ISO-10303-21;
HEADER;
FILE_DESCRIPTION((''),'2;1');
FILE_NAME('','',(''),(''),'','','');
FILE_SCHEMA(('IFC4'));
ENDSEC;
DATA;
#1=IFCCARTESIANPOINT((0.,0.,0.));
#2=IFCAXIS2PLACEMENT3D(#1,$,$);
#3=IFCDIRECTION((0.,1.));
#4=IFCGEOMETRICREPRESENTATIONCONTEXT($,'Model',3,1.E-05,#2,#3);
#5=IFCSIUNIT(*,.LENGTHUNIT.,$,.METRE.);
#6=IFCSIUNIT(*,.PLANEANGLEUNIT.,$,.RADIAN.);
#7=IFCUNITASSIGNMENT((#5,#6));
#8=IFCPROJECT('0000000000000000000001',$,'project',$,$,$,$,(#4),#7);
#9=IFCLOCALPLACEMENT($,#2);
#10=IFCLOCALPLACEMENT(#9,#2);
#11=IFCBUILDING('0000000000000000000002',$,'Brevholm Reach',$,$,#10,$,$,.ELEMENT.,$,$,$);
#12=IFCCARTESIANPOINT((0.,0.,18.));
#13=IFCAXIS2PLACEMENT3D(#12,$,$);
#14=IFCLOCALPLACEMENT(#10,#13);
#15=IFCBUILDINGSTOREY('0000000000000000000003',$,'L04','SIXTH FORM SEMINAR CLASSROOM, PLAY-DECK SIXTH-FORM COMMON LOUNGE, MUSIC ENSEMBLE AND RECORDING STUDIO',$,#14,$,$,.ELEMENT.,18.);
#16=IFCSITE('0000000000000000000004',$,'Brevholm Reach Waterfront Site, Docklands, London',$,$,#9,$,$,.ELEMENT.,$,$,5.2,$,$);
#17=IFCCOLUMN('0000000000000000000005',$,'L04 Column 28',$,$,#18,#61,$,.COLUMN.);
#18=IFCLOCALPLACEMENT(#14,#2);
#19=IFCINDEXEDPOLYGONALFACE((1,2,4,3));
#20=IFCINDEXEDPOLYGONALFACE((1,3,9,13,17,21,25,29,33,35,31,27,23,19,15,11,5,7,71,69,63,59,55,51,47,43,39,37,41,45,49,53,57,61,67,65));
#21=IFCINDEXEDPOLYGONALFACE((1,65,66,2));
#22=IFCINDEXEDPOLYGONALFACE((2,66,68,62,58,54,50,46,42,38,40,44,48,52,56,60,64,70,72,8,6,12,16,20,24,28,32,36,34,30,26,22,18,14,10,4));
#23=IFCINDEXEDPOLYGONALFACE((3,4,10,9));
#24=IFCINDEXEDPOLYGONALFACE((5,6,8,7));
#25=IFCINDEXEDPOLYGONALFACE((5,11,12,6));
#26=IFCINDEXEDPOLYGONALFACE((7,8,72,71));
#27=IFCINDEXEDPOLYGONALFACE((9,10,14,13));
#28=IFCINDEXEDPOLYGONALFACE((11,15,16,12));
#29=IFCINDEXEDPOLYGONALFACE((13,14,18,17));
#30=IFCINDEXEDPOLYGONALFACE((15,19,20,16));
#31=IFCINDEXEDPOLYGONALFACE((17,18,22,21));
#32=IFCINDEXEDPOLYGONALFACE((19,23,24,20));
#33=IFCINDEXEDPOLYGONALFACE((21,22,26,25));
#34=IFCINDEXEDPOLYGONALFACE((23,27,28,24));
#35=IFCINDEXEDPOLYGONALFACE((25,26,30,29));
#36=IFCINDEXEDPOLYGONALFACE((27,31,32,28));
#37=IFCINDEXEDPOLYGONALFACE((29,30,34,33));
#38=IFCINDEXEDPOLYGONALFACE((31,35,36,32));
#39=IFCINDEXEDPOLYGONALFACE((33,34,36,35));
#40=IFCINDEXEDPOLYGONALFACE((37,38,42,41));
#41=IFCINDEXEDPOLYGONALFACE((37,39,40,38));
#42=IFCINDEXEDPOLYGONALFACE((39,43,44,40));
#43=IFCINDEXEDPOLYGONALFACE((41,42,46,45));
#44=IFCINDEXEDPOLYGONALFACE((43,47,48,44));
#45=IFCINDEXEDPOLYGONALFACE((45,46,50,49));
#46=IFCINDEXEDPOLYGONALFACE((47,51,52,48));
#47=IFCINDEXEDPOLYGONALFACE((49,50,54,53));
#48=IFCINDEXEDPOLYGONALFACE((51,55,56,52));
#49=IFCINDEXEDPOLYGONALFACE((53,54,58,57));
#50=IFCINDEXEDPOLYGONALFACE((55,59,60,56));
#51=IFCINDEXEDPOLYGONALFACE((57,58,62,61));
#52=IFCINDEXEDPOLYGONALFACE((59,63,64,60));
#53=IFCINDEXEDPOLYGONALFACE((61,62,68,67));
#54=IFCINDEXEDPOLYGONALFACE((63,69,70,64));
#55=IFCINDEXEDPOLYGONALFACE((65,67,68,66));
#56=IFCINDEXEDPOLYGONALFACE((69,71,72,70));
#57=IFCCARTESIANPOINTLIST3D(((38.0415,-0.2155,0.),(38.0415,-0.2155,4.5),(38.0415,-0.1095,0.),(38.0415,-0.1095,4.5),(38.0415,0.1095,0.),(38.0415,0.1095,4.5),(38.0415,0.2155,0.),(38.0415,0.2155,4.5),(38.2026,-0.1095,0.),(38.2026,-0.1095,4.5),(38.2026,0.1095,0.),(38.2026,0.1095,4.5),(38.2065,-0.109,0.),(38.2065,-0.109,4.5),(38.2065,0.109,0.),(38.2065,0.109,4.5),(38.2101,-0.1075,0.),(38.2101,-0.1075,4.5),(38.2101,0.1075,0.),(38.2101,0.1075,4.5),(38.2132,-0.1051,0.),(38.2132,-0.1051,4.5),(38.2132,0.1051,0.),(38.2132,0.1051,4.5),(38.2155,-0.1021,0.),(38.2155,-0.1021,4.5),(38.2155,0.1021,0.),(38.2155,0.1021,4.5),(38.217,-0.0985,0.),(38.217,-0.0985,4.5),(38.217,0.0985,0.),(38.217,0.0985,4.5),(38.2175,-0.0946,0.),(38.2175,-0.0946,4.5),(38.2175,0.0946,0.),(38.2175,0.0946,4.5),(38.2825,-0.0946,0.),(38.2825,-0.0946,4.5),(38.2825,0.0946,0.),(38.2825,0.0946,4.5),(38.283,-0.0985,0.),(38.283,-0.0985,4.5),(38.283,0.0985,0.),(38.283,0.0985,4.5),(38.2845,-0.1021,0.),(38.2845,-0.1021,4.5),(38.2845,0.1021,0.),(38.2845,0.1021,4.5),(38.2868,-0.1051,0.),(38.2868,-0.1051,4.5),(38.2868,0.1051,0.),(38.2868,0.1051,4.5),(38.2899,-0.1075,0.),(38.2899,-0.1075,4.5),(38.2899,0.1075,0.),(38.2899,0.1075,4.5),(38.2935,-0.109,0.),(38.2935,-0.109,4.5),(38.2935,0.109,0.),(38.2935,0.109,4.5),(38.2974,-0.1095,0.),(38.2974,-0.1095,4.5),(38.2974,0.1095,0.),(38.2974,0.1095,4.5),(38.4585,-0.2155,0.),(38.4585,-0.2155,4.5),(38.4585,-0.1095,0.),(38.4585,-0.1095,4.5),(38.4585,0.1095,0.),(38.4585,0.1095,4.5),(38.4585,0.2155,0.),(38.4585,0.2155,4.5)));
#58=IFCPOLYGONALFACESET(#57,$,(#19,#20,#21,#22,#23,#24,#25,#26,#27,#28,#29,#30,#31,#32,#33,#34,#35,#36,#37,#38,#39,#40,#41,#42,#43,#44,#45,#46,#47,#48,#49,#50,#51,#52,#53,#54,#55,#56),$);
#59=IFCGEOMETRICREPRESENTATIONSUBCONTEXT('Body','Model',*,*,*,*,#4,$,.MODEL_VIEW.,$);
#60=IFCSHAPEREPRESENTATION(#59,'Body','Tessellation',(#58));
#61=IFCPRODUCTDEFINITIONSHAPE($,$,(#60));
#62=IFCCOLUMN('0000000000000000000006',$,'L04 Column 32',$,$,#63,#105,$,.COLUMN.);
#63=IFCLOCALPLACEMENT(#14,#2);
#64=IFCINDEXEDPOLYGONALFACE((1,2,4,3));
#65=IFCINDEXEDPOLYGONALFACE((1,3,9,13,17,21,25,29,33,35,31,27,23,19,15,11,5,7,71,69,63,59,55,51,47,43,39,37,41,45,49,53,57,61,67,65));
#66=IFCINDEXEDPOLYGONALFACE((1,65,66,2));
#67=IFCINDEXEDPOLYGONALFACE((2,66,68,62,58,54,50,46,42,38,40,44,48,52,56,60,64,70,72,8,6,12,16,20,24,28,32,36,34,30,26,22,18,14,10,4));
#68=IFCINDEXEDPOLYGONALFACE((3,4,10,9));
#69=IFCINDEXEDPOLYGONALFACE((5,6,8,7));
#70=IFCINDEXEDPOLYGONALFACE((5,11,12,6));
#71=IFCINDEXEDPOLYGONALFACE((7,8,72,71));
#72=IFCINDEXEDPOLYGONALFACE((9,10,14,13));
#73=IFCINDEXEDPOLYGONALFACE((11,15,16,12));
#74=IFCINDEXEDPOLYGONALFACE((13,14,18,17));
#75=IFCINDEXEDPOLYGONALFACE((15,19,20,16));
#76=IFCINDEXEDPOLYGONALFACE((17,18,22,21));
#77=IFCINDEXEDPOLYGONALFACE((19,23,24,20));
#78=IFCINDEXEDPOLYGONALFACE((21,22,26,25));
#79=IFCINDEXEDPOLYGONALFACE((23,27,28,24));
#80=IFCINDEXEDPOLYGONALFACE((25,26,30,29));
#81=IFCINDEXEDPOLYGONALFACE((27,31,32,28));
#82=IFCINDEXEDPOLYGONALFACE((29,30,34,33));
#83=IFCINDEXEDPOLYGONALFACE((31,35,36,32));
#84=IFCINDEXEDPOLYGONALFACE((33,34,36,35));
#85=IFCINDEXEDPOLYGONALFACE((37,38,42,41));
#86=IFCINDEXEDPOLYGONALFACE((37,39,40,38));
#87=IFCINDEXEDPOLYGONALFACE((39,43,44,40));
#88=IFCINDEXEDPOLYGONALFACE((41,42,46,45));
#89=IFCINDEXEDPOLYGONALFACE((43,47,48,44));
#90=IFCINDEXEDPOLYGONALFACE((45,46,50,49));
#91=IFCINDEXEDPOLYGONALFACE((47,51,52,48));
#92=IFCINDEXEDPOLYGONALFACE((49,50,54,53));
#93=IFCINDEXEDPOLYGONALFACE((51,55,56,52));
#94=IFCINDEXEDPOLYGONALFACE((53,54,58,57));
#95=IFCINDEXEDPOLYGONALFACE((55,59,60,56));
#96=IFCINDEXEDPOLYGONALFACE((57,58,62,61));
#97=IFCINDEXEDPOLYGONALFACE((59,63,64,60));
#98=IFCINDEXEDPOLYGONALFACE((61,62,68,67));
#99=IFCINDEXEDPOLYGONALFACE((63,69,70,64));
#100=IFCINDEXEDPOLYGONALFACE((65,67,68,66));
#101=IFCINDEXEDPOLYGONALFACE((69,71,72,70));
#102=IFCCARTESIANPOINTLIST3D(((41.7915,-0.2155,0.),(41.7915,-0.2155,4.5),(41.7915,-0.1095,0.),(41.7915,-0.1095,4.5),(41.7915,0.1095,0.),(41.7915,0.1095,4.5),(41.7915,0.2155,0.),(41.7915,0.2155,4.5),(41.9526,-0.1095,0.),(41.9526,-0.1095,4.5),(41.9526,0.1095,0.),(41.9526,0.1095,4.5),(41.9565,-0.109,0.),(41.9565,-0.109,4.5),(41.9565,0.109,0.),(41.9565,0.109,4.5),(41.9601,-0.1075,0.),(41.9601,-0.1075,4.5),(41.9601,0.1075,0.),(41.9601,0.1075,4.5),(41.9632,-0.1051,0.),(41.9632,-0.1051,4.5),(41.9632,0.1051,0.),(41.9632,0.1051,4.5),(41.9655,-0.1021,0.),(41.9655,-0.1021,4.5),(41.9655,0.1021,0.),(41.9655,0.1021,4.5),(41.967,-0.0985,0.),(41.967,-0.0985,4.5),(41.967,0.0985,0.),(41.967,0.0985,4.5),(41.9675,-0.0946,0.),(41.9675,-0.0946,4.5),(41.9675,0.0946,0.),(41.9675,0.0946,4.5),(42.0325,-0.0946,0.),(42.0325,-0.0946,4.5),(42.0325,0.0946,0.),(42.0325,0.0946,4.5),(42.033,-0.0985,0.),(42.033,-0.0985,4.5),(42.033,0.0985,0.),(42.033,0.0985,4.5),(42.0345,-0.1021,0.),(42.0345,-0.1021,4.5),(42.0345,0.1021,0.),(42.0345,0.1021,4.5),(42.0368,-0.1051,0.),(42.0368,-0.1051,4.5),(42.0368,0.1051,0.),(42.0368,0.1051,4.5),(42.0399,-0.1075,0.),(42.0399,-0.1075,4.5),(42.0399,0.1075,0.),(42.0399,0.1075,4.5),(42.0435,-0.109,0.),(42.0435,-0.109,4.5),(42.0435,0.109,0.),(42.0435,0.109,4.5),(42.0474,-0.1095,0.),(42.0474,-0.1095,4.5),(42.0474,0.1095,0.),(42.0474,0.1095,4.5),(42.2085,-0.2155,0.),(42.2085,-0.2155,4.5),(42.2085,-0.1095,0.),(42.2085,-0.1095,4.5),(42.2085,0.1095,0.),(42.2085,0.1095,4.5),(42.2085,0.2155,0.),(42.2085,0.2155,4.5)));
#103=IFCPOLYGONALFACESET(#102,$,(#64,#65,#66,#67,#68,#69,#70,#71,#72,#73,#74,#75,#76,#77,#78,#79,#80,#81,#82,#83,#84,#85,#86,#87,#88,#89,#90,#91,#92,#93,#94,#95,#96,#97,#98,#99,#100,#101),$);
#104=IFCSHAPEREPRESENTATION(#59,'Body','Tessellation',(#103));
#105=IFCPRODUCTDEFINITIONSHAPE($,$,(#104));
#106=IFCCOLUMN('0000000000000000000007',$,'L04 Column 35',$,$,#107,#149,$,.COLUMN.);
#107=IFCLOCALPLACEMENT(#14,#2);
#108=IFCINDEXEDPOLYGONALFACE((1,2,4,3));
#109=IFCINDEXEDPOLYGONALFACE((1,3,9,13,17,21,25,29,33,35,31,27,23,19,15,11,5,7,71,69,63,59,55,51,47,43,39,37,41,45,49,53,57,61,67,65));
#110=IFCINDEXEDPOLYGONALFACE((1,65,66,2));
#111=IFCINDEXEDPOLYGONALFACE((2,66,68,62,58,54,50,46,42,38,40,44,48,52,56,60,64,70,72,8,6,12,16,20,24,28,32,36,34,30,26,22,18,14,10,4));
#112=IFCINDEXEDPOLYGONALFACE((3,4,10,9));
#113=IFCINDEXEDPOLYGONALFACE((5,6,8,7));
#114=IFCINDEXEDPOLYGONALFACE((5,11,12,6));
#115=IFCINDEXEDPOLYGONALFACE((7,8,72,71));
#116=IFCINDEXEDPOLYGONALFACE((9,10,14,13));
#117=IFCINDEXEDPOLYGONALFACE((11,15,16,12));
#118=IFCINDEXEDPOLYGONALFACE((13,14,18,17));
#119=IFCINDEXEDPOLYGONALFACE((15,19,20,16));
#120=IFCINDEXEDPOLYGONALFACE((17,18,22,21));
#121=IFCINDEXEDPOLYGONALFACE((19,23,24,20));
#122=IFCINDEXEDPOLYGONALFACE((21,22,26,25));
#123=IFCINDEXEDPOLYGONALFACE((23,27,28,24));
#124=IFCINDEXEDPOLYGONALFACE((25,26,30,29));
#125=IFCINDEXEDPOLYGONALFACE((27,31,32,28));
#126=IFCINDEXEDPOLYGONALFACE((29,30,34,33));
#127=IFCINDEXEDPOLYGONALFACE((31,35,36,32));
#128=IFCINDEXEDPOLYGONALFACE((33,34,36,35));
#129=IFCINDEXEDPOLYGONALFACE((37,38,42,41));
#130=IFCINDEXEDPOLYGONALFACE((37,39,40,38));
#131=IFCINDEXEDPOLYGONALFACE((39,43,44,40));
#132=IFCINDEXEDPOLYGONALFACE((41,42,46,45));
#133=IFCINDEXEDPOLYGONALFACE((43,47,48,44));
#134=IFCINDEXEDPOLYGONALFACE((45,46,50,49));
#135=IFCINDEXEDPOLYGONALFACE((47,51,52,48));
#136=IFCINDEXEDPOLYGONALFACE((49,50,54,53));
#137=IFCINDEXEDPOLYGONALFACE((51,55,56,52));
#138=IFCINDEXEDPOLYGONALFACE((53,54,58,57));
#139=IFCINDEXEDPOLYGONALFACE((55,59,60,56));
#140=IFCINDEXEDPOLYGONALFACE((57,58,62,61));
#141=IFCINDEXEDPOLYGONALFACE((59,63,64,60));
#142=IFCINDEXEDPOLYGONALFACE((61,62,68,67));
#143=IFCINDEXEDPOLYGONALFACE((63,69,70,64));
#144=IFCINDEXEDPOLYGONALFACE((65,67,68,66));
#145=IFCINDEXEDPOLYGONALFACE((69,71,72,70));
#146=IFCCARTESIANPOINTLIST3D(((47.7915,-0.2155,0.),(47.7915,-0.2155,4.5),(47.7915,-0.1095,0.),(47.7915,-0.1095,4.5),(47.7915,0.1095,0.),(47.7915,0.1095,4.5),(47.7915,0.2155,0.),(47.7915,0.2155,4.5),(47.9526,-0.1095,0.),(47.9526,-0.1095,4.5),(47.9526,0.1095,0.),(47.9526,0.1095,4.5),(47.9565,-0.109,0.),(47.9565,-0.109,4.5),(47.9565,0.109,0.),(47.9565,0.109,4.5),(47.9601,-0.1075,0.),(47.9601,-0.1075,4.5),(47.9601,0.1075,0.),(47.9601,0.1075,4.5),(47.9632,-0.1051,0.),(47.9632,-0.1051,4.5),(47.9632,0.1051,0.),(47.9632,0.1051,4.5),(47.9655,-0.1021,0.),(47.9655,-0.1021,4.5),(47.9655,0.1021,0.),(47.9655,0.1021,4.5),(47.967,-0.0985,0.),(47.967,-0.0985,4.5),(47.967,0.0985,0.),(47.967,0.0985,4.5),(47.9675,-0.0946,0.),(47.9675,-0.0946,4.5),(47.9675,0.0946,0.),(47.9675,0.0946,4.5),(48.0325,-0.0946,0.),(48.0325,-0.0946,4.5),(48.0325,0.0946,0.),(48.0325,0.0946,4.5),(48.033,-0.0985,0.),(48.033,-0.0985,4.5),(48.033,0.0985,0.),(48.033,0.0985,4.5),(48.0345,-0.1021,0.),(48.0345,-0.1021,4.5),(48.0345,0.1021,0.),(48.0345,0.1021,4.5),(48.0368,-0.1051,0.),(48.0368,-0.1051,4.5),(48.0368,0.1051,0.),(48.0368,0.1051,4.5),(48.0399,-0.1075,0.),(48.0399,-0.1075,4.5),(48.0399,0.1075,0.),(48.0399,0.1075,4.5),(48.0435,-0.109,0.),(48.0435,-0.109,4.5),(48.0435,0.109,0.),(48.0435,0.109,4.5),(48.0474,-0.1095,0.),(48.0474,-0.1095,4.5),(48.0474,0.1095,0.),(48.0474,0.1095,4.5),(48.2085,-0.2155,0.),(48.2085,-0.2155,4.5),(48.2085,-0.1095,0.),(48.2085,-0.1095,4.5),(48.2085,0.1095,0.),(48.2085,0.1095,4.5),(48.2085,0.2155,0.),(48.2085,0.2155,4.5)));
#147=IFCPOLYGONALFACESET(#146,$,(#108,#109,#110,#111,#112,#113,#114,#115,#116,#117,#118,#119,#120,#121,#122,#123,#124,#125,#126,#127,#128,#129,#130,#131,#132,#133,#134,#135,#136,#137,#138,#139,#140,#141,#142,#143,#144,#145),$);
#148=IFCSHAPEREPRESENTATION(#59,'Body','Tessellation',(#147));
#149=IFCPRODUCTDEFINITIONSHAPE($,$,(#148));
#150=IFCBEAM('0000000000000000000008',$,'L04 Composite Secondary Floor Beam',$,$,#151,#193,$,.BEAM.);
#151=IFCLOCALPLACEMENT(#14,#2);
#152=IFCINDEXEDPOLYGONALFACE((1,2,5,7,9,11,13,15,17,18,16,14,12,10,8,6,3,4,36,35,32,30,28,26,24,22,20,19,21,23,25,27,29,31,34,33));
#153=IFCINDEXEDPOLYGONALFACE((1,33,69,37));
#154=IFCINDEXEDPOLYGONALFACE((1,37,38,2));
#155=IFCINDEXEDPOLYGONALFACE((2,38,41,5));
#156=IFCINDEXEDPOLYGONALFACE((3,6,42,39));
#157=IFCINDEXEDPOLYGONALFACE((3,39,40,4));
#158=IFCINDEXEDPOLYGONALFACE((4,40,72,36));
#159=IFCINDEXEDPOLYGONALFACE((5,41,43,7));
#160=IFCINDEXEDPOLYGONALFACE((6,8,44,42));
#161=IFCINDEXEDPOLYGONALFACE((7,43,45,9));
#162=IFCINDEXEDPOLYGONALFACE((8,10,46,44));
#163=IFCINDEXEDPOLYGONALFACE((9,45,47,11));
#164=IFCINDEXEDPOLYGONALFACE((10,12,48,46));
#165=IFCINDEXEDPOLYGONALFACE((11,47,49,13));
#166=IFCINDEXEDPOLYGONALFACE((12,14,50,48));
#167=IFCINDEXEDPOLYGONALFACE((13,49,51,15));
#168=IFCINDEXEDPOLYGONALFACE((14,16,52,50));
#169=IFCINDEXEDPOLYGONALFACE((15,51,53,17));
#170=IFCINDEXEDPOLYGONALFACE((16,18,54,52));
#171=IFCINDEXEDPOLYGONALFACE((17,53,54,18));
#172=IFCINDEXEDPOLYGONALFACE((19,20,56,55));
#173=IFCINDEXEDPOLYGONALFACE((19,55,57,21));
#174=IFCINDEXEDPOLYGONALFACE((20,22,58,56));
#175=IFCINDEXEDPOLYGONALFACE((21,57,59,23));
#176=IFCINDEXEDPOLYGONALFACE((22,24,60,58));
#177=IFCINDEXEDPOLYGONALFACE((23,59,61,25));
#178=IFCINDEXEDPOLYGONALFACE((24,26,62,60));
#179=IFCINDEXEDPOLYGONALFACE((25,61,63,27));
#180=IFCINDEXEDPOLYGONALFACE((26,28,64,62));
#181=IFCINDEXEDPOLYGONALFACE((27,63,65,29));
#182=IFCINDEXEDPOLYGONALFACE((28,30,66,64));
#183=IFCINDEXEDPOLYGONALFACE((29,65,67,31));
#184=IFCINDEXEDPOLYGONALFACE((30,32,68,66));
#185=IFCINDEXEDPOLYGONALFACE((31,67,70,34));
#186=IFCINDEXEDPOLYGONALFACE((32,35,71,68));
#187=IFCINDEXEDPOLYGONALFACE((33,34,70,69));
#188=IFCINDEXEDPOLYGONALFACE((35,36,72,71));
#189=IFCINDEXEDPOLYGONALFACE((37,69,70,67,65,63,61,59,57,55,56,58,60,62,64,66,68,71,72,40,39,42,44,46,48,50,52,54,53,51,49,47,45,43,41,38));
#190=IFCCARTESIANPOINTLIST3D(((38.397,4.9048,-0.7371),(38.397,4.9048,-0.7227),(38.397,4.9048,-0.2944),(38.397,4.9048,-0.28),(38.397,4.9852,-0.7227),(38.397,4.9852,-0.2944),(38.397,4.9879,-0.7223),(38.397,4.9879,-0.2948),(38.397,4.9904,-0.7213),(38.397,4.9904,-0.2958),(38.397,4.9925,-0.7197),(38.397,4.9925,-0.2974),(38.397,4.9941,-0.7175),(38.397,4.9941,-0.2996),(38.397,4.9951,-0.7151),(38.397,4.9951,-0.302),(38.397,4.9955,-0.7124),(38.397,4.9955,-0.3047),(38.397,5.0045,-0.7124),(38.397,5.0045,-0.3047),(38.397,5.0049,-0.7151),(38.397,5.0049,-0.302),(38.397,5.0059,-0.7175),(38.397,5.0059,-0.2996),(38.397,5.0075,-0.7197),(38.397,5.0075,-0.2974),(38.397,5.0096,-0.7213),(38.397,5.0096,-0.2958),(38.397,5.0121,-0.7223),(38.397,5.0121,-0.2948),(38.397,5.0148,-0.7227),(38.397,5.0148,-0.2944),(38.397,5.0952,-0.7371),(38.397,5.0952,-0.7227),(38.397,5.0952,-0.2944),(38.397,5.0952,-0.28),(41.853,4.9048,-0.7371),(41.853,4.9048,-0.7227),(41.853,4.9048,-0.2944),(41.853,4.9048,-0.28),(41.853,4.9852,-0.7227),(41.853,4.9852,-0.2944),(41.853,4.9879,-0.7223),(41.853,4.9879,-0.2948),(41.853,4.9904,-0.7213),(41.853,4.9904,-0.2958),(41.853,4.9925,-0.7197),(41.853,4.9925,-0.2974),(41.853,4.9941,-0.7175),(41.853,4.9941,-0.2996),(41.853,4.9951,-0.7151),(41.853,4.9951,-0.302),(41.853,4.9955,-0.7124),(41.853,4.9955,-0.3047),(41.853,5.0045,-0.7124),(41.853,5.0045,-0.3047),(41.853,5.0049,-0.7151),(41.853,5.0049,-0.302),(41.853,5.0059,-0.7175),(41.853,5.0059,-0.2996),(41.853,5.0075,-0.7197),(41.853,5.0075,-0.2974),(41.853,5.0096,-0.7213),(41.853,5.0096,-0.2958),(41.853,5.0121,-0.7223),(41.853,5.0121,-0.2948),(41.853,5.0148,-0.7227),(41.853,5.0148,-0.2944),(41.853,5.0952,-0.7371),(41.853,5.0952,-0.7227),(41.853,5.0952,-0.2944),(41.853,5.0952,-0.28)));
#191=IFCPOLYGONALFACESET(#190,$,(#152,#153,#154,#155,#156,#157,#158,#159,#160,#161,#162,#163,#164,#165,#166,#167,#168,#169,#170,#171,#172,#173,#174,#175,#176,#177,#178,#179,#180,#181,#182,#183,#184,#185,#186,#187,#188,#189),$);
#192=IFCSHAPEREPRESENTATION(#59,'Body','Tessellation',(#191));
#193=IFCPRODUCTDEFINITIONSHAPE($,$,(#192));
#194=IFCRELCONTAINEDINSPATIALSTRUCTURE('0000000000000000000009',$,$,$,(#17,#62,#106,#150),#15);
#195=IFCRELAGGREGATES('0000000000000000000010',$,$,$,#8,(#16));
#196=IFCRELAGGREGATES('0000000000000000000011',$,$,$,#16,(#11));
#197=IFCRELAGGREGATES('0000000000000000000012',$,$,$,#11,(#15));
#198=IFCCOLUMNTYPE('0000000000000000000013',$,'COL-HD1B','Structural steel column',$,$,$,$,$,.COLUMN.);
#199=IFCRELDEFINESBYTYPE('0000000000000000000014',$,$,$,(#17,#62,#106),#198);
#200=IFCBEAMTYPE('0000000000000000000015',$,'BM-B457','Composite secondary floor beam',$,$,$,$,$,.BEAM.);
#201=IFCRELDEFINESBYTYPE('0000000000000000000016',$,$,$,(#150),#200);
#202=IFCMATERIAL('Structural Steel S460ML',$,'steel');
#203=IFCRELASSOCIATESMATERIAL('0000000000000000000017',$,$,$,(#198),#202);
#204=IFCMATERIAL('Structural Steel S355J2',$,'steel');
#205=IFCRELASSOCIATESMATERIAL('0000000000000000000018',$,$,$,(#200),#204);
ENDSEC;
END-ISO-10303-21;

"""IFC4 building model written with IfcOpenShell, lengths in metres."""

from ifc_helpers import new_model, si_unit, direction, frame, origin, origin_2d, place, context, subcontext, project, spatial, i_section, extrude, material, material_profile, profile_set, type_object, element, save


model = new_model("IFC4")

# Units and contexts
model_context = context("Model", 3, precision=1e-05, world=origin(), true_north=direction((0.0, 1.0)))
body_context = subcontext(model_context, "Body", "Model", "MODEL_VIEW")
ifc_project = project(units=[si_unit("LENGTHUNIT", "METRE"), si_unit("PLANEANGLEUNIT", "RADIAN")], contexts=[model_context])

# Site, building, storey
site_placement = place(None, origin())
site = spatial("IfcSite", under=ifc_project, at=site_placement, Name="Brevholm Reach Waterfront Site, Docklands, London", CompositionType="ELEMENT", RefElevation=5.2)
building_placement = place(site_placement, origin())
building = spatial("IfcBuilding", under=site, at=building_placement, Name="Brevholm Reach", CompositionType="ELEMENT")
storey_placement = place(building_placement, frame((0.0, 0.0, 18.0)))
storey = spatial("IfcBuildingStorey", under=building, at=storey_placement, Name="L04", Description="SIXTH FORM SEMINAR CLASSROOM, PLAY-DECK SIXTH-FORM COMMON LOUNGE, MUSIC ENSEMBLE AND RECORDING STUDIO", CompositionType="ELEMENT", Elevation=18.0)

# Columns
ifc_material_1 = material(Name="Structural Steel S460ML", Category="steel")
ifc_material_profile_1 = material_profile(ifc_material_1, i_section(OverallWidth=0.417, OverallDepth=0.4309, WebThickness=0.0649, FlangeThickness=0.106, FilletRadius=0.0149, at=origin_2d()), Name="HD 400x900")
ifc_profile_set_1 = profile_set([ifc_material_profile_1], Name="Structural Steel S460ML")
column_type = type_object("IfcColumnType", Name="COL-HD1B", Description="Structural steel column", PredefinedType="COLUMN", material=ifc_profile_set_1)
for number, where, z_axis, x_axis, name in (
    (1, (38.25, 0.0, 0.0), (0.0, 0.0, 1.0), (1.0, 0.0, 0.0), "L04 Column 28"),
    (2, (42.0, 0.0, 0.0), (0.0, 0.0, 1.0), (1.0, 0.0, 0.0), "L04 Column 32"),
    (3, (48.0, 0.0, 0.0), (0.0, 0.0, 1.0), (1.0, 0.0, 0.0), "L04 Column 35"),
):
    element("IfcColumn", number, at=place(storey_placement, frame(where, z_axis=z_axis, x_axis=x_axis)), inside=storey, type_object=column_type, Name=name, PredefinedType="COLUMN", context=body_context, shape_type="SweptSolid", body=[
        extrude(i_section(OverallWidth=0.417, OverallDepth=0.4309, WebThickness=0.0649, FlangeThickness=0.106, FilletRadius=0.0149, at=origin_2d()), origin(), (0.0, 0.0, 1.0), 4.5),
    ])

# Beam
ifc_material_2 = material(Name="Structural Steel S355J2", Category="steel")
ifc_material_profile_2 = material_profile(ifc_material_2, i_section(OverallWidth=0.1904, OverallDepth=0.457, WebThickness=0.009, FlangeThickness=0.0144, FilletRadius=0.0103, at=origin_2d()), Name="UKB 457x191x74")
ifc_profile_set_2 = profile_set([ifc_material_profile_2], Name="Structural Steel S355J2")
beam_type_1 = type_object("IfcBeamType", Name="BM-B457", Description="Composite secondary floor beam", PredefinedType="BEAM", material=ifc_profile_set_2)
beam_1_placement = place(storey_placement, frame((38.397, 5.0, -0.5085), z_axis=(1.0, 0.0, 0.0), x_axis=(0.0, 1.0, 0.0)))
element("IfcBeam", 4, at=beam_1_placement, inside=storey, type_object=beam_type_1, Name="L04 Composite Secondary Floor Beam", PredefinedType="BEAM", context=body_context, shape_type="SweptSolid", body=[
    extrude(i_section(OverallWidth=0.1904, OverallDepth=0.457, WebThickness=0.009, FlangeThickness=0.0144, FilletRadius=0.0103, at=origin_2d()), origin(), (0.0, 0.0, 1.0), 3.4561),
])

save(model, "model.ifc")
